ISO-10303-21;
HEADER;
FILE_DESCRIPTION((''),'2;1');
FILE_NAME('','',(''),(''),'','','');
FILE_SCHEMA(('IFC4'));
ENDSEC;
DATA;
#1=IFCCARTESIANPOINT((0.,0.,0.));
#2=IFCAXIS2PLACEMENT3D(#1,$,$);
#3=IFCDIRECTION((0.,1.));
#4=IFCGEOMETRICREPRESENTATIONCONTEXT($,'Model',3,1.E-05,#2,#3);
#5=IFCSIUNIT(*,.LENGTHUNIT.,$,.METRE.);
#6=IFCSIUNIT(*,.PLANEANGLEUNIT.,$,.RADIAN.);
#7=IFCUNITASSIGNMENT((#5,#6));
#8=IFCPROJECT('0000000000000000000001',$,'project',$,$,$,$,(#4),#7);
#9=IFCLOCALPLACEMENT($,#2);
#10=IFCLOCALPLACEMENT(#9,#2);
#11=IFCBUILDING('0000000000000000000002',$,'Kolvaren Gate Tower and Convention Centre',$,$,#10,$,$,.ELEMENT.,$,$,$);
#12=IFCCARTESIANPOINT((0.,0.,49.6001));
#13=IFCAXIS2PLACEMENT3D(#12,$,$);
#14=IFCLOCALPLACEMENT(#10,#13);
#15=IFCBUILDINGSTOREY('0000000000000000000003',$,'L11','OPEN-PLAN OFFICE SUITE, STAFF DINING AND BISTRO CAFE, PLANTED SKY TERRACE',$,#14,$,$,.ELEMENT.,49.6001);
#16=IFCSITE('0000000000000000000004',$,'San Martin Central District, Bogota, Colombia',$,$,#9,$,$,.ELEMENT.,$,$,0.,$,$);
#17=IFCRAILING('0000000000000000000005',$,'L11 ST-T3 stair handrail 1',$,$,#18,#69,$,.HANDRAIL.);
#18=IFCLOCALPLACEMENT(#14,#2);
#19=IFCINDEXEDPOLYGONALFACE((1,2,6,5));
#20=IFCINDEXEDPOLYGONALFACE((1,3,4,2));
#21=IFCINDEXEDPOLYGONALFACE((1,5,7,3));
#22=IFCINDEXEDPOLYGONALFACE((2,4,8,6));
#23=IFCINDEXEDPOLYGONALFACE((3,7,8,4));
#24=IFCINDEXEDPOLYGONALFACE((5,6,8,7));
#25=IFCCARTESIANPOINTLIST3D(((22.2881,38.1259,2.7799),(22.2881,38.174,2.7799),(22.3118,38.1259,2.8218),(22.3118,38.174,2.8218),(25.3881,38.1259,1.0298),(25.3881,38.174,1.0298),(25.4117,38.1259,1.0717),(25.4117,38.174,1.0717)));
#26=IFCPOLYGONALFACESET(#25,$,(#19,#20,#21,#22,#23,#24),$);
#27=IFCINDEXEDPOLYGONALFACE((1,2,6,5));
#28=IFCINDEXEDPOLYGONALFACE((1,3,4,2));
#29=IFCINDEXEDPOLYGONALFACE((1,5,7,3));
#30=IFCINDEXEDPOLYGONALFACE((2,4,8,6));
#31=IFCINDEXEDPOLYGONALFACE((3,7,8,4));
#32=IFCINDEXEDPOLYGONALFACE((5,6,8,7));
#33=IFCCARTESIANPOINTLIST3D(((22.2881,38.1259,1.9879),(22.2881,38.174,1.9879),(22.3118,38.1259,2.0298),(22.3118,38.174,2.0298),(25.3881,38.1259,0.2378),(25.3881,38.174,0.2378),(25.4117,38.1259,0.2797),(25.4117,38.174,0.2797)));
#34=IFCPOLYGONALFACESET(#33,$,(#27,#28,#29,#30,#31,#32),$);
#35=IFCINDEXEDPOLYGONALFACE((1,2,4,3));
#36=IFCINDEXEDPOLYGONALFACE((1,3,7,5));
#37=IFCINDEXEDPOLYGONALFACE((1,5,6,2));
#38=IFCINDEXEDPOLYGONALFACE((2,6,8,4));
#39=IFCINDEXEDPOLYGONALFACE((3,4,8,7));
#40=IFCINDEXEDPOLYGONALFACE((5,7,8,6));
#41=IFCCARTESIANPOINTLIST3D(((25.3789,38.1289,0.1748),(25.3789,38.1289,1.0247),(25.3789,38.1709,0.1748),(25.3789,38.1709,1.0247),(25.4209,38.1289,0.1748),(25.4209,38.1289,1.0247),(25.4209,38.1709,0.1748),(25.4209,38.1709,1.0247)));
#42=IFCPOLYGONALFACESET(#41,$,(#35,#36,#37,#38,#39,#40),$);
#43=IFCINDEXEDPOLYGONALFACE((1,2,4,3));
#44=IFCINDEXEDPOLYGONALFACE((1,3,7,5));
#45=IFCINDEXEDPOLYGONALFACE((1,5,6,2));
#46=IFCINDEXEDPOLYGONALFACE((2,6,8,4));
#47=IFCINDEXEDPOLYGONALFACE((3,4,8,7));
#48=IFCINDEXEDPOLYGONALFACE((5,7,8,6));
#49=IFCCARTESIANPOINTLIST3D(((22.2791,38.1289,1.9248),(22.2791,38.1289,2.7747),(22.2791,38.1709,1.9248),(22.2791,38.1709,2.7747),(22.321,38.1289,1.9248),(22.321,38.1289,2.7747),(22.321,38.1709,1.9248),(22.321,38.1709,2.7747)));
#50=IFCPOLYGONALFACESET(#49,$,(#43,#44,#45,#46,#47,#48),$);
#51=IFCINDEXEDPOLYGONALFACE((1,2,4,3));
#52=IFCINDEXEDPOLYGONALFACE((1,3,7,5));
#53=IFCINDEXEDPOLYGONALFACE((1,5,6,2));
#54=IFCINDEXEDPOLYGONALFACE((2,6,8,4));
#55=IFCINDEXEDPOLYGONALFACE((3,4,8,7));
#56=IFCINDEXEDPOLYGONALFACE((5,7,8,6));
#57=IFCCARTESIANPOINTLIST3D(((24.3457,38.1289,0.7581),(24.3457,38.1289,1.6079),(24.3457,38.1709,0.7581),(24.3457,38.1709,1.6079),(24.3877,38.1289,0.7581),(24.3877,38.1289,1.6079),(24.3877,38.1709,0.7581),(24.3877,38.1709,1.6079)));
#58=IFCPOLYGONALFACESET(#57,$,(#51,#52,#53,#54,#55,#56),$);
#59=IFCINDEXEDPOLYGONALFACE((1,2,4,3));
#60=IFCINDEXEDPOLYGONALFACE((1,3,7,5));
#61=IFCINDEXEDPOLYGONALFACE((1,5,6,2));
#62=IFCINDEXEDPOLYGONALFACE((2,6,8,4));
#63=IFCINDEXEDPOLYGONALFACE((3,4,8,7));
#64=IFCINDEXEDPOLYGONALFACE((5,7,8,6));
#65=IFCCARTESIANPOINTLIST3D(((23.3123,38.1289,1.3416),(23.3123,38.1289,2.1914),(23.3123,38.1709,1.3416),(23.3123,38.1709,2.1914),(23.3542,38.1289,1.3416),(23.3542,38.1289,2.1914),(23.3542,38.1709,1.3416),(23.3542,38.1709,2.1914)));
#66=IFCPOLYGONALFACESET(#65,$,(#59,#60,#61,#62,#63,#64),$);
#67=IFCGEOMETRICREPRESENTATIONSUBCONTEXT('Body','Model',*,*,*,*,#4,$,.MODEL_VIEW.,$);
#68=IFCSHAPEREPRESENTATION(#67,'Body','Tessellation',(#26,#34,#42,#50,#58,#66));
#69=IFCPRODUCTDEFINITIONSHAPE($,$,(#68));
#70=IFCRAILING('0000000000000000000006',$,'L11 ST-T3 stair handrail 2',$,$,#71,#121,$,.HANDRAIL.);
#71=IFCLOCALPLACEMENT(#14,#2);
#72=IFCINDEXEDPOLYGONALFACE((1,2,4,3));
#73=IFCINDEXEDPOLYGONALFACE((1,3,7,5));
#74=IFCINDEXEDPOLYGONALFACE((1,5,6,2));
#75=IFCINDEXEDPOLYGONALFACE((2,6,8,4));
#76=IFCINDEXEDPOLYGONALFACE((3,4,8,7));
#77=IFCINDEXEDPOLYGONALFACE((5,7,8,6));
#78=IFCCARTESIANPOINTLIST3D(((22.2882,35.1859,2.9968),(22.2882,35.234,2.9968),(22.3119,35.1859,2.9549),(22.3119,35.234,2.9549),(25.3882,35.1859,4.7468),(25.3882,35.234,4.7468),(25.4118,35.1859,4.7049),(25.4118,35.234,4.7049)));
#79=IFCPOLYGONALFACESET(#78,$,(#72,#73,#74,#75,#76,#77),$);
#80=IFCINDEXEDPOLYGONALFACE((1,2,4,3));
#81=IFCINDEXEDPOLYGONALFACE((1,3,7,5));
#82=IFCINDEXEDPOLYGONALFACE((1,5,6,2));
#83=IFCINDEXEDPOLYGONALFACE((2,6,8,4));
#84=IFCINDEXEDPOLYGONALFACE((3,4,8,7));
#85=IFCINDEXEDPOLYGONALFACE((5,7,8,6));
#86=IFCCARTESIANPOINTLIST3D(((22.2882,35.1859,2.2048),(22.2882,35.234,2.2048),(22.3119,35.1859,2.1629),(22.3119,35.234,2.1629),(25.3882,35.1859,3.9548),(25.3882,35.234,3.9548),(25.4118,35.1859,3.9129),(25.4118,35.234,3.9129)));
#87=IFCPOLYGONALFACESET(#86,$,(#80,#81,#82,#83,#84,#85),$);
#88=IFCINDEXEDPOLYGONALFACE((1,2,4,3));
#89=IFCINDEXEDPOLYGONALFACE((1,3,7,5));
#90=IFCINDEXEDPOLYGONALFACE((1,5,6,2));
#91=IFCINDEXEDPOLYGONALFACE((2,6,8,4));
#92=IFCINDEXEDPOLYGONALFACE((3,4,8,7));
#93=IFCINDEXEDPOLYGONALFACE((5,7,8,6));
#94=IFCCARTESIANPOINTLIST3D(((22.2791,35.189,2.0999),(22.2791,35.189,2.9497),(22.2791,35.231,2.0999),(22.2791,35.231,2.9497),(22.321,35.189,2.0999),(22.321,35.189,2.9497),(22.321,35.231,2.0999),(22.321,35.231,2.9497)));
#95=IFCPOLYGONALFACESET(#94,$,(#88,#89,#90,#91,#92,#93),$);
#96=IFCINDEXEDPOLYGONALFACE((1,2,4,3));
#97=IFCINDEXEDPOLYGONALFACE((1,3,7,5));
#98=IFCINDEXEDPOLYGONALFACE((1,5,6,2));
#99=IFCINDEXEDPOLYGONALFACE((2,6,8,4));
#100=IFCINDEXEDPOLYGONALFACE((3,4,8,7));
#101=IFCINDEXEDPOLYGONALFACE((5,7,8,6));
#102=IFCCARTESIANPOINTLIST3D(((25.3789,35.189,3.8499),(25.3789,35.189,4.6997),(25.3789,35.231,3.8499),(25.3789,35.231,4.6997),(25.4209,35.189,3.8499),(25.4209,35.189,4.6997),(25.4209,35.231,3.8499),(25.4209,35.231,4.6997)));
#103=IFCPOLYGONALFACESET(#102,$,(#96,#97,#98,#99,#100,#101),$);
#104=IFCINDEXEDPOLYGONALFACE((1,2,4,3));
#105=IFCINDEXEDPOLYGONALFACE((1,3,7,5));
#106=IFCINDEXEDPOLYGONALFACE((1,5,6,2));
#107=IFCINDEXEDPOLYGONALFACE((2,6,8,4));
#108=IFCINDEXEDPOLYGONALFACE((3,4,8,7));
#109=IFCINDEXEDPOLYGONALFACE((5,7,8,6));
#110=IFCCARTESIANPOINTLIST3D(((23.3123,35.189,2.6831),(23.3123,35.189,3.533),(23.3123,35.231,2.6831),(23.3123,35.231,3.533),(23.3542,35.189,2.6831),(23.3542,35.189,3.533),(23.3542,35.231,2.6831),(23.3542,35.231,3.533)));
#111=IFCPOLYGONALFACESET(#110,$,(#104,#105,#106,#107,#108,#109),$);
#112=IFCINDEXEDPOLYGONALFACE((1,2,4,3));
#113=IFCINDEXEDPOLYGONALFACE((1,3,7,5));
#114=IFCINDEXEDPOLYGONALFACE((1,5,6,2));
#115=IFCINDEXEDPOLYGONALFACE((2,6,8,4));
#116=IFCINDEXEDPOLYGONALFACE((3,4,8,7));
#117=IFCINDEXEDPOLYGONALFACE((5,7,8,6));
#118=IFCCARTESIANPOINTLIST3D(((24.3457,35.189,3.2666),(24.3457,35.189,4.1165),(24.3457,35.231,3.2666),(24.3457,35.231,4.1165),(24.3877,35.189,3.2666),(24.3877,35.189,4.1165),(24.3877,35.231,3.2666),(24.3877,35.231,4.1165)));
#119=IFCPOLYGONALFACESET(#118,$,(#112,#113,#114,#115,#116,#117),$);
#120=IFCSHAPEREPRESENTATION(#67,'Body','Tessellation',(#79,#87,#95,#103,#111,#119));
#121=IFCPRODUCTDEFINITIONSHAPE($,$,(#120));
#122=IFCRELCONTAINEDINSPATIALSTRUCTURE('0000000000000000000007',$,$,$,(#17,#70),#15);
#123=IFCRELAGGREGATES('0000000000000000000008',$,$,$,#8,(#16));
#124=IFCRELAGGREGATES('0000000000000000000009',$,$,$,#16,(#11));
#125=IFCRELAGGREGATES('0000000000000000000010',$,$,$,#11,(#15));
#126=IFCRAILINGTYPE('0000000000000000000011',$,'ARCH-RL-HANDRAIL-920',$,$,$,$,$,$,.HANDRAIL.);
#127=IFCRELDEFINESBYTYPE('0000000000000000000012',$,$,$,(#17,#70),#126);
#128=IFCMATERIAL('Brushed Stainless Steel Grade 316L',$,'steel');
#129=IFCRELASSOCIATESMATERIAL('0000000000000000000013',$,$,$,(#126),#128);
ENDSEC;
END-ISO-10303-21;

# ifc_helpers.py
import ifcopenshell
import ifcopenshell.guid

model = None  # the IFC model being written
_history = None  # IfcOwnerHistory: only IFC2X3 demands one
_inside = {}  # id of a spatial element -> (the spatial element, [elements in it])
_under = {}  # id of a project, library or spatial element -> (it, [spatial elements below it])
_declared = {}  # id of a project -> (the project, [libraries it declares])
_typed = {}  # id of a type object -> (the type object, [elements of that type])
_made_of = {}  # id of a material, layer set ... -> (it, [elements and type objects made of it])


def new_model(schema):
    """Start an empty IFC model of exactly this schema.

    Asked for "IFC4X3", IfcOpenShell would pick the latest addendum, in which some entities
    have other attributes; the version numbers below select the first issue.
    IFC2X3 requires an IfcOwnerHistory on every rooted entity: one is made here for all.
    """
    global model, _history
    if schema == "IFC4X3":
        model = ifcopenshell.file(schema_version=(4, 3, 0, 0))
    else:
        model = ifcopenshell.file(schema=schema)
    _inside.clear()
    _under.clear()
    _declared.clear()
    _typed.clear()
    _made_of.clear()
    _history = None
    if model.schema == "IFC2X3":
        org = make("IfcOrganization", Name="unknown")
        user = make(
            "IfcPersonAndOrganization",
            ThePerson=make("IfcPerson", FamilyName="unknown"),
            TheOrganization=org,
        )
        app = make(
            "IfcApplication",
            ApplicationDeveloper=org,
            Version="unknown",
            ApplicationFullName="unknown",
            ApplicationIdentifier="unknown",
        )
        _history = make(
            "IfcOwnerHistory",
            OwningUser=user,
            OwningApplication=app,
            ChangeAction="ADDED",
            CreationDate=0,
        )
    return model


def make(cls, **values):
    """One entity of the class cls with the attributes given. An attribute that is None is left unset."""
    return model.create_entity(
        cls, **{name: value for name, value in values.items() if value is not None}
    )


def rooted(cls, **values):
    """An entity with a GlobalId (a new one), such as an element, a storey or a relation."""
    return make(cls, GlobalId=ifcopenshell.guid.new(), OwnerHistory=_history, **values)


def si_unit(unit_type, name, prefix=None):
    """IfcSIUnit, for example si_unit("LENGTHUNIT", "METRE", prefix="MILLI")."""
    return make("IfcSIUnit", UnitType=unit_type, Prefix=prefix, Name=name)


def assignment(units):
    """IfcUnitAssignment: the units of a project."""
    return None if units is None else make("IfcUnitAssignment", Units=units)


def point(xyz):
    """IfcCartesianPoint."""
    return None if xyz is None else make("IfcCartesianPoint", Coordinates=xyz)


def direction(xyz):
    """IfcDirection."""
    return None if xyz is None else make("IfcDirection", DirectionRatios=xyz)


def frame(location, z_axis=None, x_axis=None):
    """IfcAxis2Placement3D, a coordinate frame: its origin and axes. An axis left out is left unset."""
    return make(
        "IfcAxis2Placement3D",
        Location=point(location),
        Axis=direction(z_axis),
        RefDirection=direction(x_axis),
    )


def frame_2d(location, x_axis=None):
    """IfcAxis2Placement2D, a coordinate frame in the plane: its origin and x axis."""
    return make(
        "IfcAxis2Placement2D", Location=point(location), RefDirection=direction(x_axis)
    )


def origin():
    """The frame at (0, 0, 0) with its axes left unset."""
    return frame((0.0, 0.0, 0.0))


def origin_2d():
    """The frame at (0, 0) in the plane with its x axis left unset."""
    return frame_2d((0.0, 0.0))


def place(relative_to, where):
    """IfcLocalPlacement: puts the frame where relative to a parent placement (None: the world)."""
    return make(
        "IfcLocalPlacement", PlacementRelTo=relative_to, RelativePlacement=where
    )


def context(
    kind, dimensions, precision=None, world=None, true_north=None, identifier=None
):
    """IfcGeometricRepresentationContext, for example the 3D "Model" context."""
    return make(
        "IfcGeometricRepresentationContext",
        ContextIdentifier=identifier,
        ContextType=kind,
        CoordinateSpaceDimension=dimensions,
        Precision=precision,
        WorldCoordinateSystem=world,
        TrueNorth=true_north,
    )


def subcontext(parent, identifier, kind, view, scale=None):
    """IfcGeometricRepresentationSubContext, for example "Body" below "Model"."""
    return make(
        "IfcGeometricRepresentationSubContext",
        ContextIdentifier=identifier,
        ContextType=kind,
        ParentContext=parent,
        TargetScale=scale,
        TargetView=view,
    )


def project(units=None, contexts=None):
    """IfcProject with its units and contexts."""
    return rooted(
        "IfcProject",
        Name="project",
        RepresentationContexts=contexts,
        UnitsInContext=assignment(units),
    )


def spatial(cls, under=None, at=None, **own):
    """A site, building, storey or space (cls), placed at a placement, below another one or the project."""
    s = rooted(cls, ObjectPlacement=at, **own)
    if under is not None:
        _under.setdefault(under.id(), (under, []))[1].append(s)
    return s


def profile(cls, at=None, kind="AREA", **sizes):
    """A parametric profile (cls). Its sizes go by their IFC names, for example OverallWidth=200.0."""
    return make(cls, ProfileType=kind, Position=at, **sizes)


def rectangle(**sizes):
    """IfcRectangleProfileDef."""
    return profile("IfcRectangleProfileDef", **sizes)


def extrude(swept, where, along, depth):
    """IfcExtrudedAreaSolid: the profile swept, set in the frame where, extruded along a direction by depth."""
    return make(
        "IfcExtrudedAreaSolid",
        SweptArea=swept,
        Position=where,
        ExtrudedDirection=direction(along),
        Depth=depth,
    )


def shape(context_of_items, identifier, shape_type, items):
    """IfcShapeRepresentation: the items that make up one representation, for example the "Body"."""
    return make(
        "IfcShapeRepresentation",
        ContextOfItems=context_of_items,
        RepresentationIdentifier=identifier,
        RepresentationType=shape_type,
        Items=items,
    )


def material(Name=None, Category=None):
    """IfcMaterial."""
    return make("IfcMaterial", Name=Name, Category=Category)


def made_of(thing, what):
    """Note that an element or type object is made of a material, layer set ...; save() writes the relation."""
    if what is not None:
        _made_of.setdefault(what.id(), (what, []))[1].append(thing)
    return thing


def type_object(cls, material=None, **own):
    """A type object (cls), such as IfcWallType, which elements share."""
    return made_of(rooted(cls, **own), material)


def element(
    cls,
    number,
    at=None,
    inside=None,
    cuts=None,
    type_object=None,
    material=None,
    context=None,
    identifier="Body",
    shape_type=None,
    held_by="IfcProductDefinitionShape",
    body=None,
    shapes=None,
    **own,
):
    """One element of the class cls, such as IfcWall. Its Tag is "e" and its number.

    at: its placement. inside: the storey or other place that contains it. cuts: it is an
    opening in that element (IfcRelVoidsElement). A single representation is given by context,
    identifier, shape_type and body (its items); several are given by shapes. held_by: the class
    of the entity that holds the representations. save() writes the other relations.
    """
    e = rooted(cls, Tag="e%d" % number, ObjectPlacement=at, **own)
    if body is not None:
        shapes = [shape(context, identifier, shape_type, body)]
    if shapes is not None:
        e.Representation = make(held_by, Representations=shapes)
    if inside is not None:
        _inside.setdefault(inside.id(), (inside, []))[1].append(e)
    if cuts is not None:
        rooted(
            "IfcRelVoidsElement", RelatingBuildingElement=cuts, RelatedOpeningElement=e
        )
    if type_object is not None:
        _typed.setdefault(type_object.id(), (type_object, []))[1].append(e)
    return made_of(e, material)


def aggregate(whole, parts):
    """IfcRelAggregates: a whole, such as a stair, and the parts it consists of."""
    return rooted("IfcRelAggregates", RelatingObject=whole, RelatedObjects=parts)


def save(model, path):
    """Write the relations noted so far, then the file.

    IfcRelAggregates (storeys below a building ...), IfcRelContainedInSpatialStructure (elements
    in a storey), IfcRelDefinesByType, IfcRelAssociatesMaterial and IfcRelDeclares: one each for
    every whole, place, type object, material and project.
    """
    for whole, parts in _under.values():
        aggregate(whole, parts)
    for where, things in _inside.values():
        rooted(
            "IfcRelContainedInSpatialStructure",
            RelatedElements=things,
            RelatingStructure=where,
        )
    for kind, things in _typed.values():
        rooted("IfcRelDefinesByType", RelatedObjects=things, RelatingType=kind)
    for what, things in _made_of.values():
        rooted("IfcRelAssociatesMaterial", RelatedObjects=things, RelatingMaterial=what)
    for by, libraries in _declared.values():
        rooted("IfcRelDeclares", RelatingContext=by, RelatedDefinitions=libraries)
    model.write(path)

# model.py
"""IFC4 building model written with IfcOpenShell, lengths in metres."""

from ifc_helpers import new_model, si_unit, direction, frame, origin, origin_2d, place, context, subcontext, project, spatial, rectangle, extrude, material, type_object, element, save


model = new_model("IFC4")

# Units and contexts
model_context = context("Model", 3, precision=1e-05, world=origin(), true_north=direction((0.0, 1.0)))
body_context = subcontext(model_context, "Body", "Model", "MODEL_VIEW")
ifc_project = project(units=[si_unit("LENGTHUNIT", "METRE"), si_unit("PLANEANGLEUNIT", "RADIAN")], contexts=[model_context])

# Site, building, storey
site_placement = place(None, origin())
site = spatial("IfcSite", under=ifc_project, at=site_placement, Name="San Martin Central District, Bogota, Colombia", CompositionType="ELEMENT", RefElevation=0.0)
building_placement = place(site_placement, origin())
building = spatial("IfcBuilding", under=site, at=building_placement, Name="Kolvaren Gate Tower and Convention Centre", CompositionType="ELEMENT")
storey_placement = place(building_placement, frame((0.0, 0.0, 49.6001)))
storey = spatial("IfcBuildingStorey", under=building, at=storey_placement, Name="L11", Description="OPEN-PLAN OFFICE SUITE, STAFF DINING AND BISTRO CAFE, PLANTED SKY TERRACE", CompositionType="ELEMENT", Elevation=49.6001)

# Railings
ifc_material_1 = material(Name="Brushed Stainless Steel Grade 316L", Category="steel")
railing_type_1 = type_object("IfcRailingType", Name="ARCH-RL-HANDRAIL-920", PredefinedType="HANDRAIL", material=ifc_material_1)
railing_1_placement = place(storey_placement, frame((25.3999, 38.1499, 0.1748)))
element("IfcRailing", 1, at=railing_1_placement, inside=storey, type_object=railing_type_1, Name="L11 ST-T3 stair handrail 1", PredefinedType="HANDRAIL", context=body_context, shape_type="SweptSolid", body=[
    extrude(rectangle(XDim=0.0481, YDim=0.0481, at=origin_2d()), frame((0.0, 0.0, 0.876), z_axis=(-0.870814, 0.0, 0.491612), x_axis=(0.0, -1.0, 0.0)), (0.0, 0.0, 1.0), 3.5598),
    extrude(rectangle(XDim=0.0481, YDim=0.0481, at=origin_2d()), frame((0.0, 0.0, 0.084), z_axis=(-0.870814, 0.0, 0.491612), x_axis=(0.0, -1.0, 0.0)), (0.0, 0.0, 1.0), 3.5598),
    extrude(rectangle(XDim=0.042, YDim=0.042, at=origin_2d()), origin(), (0.0, 0.0, 1.0), 0.8499),
    extrude(rectangle(XDim=0.042, YDim=0.042, at=origin_2d()), frame((-3.0999, 0.0, 1.75)), (0.0, 0.0, 1.0), 0.8499),
    extrude(rectangle(XDim=0.042, YDim=0.042, at=origin_2d()), frame((-1.0332, 0.0, 0.5833)), (0.0, 0.0, 1.0), 0.8499),
    extrude(rectangle(XDim=0.042, YDim=0.042, at=origin_2d()), frame((-2.0667, 0.0, 1.1667)), (0.0, 0.0, 1.0), 0.8499),
])
railing_2_placement = place(storey_placement, frame((22.3, 35.21, 2.0999)))
element("IfcRailing", 2, at=railing_2_placement, inside=storey, type_object=railing_type_1, Name="L11 ST-T3 stair handrail 2", PredefinedType="HANDRAIL", context=body_context, shape_type="SweptSolid", body=[
    extrude(rectangle(XDim=0.0481, YDim=0.0481, at=origin_2d()), frame((0.0, 0.0, 0.876), z_axis=(0.870814, 0.0, 0.491612), x_axis=(0.0, 1.0, 0.0)), (0.0, 0.0, 1.0), 3.5598),
    extrude(rectangle(XDim=0.0481, YDim=0.0481, at=origin_2d()), frame((0.0, 0.0, 0.084), z_axis=(0.870814, 0.0, 0.491612), x_axis=(0.0, 1.0, 0.0)), (0.0, 0.0, 1.0), 3.5598),
    extrude(rectangle(XDim=0.042, YDim=0.042, at=origin_2d()), origin(), (0.0, 0.0, 1.0), 0.8499),
    extrude(rectangle(XDim=0.042, YDim=0.042, at=origin_2d()), frame((3.0999, 0.0, 1.75)), (0.0, 0.0, 1.0), 0.8499),
    extrude(rectangle(XDim=0.042, YDim=0.042, at=origin_2d()), frame((1.0332, 0.0, 0.5833)), (0.0, 0.0, 1.0), 0.8499),
    extrude(rectangle(XDim=0.042, YDim=0.042, at=origin_2d()), frame((2.0667, 0.0, 1.1667)), (0.0, 0.0, 1.0), 0.8499),
])

save(model, "model.ifc")
